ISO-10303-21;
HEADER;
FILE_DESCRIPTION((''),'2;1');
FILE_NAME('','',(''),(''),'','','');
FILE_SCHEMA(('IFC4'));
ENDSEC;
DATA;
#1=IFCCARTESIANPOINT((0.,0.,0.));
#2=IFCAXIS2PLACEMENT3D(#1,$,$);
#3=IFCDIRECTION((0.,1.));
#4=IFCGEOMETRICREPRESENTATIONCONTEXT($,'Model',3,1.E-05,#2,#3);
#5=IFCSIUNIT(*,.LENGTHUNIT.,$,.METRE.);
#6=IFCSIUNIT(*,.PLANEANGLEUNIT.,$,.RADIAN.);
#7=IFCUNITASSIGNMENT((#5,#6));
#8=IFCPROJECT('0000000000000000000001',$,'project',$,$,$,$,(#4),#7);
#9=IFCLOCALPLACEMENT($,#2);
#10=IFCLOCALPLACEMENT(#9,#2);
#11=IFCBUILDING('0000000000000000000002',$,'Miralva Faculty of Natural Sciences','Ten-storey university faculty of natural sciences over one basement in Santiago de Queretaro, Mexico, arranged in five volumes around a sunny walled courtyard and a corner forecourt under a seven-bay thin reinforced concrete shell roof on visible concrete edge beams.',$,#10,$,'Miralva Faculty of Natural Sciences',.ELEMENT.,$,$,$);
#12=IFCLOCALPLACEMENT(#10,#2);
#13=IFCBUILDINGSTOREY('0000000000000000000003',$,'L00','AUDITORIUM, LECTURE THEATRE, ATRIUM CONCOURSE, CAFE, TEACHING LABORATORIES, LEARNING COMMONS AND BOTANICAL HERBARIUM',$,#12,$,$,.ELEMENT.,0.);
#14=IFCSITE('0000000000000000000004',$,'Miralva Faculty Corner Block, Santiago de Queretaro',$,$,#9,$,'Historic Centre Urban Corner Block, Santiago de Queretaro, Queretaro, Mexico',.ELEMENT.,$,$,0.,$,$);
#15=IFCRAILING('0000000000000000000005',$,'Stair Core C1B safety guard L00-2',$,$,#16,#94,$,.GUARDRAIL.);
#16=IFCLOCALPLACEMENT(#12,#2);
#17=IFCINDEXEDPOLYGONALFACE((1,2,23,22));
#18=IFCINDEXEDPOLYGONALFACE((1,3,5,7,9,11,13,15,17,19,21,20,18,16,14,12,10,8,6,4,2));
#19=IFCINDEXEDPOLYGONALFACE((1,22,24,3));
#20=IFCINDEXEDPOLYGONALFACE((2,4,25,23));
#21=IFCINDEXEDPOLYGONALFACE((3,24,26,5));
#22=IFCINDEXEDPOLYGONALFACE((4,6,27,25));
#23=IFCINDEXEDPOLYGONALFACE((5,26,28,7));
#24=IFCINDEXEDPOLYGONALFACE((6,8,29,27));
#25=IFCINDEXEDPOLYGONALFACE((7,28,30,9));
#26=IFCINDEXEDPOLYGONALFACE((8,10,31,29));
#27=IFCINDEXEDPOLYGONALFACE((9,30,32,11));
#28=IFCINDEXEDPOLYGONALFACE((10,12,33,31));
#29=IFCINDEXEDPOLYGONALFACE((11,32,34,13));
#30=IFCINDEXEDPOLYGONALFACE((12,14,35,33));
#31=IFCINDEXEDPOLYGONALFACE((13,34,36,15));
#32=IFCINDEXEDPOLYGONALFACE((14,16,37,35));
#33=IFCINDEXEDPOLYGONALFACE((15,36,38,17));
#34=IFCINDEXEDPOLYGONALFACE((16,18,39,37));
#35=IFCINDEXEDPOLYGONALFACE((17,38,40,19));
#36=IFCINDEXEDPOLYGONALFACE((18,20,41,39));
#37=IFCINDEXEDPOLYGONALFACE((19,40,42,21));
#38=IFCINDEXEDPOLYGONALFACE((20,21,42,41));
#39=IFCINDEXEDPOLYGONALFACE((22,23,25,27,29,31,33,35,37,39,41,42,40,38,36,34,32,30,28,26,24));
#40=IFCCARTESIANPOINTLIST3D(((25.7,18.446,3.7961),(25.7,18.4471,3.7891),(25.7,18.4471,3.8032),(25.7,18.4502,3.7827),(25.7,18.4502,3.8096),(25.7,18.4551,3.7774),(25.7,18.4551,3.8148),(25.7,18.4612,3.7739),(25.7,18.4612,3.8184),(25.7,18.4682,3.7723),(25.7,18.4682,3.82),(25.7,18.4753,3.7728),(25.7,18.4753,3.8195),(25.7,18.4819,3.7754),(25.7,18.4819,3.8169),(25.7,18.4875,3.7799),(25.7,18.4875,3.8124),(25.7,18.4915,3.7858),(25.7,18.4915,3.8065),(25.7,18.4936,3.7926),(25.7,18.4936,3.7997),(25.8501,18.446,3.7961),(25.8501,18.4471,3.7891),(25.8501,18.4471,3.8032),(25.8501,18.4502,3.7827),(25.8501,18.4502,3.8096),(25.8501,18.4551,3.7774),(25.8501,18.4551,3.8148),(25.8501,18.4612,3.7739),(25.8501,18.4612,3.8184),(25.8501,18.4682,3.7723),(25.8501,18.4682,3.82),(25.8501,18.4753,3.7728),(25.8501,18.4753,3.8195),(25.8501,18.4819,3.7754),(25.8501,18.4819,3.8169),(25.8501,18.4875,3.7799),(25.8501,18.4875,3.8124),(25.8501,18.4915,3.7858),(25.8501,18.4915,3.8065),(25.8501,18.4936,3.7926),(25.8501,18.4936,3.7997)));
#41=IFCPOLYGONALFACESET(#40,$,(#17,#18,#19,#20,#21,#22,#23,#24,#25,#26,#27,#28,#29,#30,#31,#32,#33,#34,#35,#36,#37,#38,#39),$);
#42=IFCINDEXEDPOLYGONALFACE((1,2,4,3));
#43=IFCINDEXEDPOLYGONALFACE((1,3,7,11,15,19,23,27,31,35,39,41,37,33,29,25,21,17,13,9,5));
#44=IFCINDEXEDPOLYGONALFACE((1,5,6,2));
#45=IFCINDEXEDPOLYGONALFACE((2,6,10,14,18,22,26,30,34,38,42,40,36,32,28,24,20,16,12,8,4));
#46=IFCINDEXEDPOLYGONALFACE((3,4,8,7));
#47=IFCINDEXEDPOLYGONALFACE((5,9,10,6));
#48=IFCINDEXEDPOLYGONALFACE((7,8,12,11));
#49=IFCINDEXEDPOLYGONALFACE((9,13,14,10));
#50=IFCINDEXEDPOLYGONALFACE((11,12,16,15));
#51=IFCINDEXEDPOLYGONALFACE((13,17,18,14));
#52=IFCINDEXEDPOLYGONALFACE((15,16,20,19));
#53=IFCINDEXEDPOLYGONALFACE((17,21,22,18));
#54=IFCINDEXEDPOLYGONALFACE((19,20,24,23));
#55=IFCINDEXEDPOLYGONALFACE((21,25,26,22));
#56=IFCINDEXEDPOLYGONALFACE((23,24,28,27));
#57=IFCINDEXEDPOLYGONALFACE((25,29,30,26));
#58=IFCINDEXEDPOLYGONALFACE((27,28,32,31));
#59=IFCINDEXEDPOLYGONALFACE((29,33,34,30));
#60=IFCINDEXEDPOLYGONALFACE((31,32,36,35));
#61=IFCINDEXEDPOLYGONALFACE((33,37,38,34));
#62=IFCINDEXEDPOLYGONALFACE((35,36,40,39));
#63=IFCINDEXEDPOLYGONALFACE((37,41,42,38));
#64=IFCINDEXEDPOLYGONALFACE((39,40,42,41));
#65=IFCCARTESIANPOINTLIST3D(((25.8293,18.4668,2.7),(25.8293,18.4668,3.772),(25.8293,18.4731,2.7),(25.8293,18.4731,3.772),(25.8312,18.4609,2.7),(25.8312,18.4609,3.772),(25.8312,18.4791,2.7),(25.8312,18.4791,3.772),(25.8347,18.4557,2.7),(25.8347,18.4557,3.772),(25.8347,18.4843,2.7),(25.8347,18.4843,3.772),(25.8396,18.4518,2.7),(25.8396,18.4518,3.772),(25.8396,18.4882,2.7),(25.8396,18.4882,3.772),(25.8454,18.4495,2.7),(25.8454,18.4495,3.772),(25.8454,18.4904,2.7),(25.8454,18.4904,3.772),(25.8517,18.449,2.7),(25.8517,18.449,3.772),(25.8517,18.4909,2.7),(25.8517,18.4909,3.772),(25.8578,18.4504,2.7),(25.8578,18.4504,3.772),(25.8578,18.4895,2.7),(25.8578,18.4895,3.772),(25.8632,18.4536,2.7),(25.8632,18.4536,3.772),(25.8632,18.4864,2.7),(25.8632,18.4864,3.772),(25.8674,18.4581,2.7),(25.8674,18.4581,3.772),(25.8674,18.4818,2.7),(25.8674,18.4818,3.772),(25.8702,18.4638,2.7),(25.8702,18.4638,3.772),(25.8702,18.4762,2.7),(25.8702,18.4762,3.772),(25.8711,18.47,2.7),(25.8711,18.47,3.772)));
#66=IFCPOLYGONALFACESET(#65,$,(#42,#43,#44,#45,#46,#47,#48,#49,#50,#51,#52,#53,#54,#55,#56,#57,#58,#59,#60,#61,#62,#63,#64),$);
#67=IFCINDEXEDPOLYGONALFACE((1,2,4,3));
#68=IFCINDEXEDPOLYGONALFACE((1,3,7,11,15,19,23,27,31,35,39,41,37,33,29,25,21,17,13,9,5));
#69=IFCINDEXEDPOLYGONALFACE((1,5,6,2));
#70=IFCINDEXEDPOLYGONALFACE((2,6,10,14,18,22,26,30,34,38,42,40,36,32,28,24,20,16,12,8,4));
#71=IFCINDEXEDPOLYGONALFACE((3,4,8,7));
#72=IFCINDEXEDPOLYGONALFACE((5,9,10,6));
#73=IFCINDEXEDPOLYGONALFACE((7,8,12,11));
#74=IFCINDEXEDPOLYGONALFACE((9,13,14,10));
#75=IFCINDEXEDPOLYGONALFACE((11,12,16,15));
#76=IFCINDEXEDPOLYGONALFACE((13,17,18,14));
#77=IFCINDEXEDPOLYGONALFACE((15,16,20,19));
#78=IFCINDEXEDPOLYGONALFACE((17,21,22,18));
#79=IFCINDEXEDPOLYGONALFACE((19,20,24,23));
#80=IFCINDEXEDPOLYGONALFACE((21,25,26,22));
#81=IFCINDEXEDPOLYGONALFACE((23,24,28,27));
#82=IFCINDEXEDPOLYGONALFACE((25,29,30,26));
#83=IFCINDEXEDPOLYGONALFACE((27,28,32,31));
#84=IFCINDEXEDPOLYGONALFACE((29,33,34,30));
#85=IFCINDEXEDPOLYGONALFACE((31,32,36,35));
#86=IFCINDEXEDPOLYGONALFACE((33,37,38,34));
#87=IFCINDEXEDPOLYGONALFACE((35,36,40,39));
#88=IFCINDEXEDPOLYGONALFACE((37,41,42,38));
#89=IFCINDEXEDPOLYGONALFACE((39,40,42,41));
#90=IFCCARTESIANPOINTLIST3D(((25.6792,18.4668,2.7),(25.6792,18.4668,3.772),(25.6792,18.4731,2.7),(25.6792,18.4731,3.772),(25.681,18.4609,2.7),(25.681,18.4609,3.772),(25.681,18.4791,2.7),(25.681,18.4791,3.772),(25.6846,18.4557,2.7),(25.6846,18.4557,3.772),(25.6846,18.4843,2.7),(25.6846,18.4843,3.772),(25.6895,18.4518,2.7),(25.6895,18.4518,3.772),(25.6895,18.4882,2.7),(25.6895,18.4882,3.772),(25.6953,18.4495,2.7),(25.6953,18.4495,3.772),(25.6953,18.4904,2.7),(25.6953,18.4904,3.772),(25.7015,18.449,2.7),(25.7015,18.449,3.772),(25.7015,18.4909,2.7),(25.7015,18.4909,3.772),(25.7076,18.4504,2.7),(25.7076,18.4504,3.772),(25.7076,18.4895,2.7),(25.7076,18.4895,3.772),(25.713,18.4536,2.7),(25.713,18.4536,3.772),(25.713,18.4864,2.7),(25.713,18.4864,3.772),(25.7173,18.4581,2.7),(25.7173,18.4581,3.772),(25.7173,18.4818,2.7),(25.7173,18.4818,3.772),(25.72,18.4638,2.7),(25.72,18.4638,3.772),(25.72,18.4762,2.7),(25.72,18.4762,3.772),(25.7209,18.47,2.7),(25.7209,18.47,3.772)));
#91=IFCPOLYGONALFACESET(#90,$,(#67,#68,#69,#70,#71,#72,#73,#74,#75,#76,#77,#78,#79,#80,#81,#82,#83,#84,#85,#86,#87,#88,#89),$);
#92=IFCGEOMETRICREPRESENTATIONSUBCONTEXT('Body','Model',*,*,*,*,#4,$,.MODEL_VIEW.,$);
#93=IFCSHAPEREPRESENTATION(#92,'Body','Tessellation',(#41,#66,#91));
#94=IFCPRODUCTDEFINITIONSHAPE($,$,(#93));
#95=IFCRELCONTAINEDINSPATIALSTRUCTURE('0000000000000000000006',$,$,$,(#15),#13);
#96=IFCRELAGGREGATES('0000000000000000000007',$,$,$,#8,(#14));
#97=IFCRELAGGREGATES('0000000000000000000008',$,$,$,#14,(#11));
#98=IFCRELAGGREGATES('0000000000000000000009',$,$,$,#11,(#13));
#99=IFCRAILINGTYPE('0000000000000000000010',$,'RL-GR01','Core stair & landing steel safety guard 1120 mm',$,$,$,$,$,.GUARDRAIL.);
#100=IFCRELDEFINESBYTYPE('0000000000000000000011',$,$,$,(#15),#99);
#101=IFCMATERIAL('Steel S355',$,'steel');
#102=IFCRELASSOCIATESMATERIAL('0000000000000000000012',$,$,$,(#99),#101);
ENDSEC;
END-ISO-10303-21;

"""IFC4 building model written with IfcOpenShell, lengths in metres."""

from ifc_helpers import new_model, si_unit, direction, frame, origin, origin_2d, place, context, subcontext, project, spatial, circle, extrude, material, type_object, element, save


model = new_model("IFC4")

# Units and contexts
model_context = context("Model", 3, precision=1e-05, world=origin(), true_north=direction((0.0, 1.0)))
body_context = subcontext(model_context, "Body", "Model", "MODEL_VIEW")
ifc_project = project(units=[si_unit("LENGTHUNIT", "METRE"), si_unit("PLANEANGLEUNIT", "RADIAN")], contexts=[model_context])

# Site, building, storey
site_placement = place(None, origin())
site = spatial("IfcSite", under=ifc_project, at=site_placement, Name="Miralva Faculty Corner Block, Santiago de Queretaro", LongName="Historic Centre Urban Corner Block, Santiago de Queretaro, Queretaro, Mexico", CompositionType="ELEMENT", RefElevation=0.0)
building_placement = place(site_placement, origin())
building = spatial("IfcBuilding", under=site, at=building_placement, Name="Miralva Faculty of Natural Sciences", Description="Ten-storey university faculty of natural sciences over one basement in Santiago de Queretaro, Mexico, arranged in five volumes around a sunny walled courtyard and a corner forecourt under a seven-bay thin reinforced concrete shell roof on visible concrete edge beams.", LongName="Miralva Faculty of Natural Sciences", CompositionType="ELEMENT")
storey_placement = place(building_placement, origin())
storey = spatial("IfcBuildingStorey", under=building, at=storey_placement, Name="L00", Description="AUDITORIUM, LECTURE THEATRE, ATRIUM CONCOURSE, CAFE, TEACHING LABORATORIES, LEARNING COMMONS AND BOTANICAL HERBARIUM", CompositionType="ELEMENT", Elevation=0.0)

# Railing
ifc_material_1 = material(Name="Steel S355", Category="steel")
railing_type_1 = type_object("IfcRailingType", Name="RL-GR01", Description="Core stair & landing steel safety guard 1120 mm", PredefinedType="GUARDRAIL", material=ifc_material_1)
railing_1_placement = place(storey_placement, frame((25.8501, 18.47, 2.7)))
element("IfcRailing", 1, at=railing_1_placement, inside=storey, type_object=railing_type_1, Name="Stair Core C1B safety guard L00-2", PredefinedType="GUARDRAIL", context=body_context, shape_type="SweptSolid", body=[
    extrude(circle(Radius=0.0239, at=origin_2d()), frame((0.0, 0.0, 1.0962), z_axis=(-1.0, 0.0, 0.0), x_axis=(0.0, -1.0, 0.0)), (0.0, 0.0, 1.0), 0.1501),
    extrude(circle(Radius=0.021, at=origin_2d()), origin(), (0.0, 0.0, 1.0), 1.072),
    extrude(circle(Radius=0.021, at=origin_2d()), frame((-0.1501, 0.0, 0.0)), (0.0, 0.0, 1.0), 1.072),
])

save(model, "model.ifc")
